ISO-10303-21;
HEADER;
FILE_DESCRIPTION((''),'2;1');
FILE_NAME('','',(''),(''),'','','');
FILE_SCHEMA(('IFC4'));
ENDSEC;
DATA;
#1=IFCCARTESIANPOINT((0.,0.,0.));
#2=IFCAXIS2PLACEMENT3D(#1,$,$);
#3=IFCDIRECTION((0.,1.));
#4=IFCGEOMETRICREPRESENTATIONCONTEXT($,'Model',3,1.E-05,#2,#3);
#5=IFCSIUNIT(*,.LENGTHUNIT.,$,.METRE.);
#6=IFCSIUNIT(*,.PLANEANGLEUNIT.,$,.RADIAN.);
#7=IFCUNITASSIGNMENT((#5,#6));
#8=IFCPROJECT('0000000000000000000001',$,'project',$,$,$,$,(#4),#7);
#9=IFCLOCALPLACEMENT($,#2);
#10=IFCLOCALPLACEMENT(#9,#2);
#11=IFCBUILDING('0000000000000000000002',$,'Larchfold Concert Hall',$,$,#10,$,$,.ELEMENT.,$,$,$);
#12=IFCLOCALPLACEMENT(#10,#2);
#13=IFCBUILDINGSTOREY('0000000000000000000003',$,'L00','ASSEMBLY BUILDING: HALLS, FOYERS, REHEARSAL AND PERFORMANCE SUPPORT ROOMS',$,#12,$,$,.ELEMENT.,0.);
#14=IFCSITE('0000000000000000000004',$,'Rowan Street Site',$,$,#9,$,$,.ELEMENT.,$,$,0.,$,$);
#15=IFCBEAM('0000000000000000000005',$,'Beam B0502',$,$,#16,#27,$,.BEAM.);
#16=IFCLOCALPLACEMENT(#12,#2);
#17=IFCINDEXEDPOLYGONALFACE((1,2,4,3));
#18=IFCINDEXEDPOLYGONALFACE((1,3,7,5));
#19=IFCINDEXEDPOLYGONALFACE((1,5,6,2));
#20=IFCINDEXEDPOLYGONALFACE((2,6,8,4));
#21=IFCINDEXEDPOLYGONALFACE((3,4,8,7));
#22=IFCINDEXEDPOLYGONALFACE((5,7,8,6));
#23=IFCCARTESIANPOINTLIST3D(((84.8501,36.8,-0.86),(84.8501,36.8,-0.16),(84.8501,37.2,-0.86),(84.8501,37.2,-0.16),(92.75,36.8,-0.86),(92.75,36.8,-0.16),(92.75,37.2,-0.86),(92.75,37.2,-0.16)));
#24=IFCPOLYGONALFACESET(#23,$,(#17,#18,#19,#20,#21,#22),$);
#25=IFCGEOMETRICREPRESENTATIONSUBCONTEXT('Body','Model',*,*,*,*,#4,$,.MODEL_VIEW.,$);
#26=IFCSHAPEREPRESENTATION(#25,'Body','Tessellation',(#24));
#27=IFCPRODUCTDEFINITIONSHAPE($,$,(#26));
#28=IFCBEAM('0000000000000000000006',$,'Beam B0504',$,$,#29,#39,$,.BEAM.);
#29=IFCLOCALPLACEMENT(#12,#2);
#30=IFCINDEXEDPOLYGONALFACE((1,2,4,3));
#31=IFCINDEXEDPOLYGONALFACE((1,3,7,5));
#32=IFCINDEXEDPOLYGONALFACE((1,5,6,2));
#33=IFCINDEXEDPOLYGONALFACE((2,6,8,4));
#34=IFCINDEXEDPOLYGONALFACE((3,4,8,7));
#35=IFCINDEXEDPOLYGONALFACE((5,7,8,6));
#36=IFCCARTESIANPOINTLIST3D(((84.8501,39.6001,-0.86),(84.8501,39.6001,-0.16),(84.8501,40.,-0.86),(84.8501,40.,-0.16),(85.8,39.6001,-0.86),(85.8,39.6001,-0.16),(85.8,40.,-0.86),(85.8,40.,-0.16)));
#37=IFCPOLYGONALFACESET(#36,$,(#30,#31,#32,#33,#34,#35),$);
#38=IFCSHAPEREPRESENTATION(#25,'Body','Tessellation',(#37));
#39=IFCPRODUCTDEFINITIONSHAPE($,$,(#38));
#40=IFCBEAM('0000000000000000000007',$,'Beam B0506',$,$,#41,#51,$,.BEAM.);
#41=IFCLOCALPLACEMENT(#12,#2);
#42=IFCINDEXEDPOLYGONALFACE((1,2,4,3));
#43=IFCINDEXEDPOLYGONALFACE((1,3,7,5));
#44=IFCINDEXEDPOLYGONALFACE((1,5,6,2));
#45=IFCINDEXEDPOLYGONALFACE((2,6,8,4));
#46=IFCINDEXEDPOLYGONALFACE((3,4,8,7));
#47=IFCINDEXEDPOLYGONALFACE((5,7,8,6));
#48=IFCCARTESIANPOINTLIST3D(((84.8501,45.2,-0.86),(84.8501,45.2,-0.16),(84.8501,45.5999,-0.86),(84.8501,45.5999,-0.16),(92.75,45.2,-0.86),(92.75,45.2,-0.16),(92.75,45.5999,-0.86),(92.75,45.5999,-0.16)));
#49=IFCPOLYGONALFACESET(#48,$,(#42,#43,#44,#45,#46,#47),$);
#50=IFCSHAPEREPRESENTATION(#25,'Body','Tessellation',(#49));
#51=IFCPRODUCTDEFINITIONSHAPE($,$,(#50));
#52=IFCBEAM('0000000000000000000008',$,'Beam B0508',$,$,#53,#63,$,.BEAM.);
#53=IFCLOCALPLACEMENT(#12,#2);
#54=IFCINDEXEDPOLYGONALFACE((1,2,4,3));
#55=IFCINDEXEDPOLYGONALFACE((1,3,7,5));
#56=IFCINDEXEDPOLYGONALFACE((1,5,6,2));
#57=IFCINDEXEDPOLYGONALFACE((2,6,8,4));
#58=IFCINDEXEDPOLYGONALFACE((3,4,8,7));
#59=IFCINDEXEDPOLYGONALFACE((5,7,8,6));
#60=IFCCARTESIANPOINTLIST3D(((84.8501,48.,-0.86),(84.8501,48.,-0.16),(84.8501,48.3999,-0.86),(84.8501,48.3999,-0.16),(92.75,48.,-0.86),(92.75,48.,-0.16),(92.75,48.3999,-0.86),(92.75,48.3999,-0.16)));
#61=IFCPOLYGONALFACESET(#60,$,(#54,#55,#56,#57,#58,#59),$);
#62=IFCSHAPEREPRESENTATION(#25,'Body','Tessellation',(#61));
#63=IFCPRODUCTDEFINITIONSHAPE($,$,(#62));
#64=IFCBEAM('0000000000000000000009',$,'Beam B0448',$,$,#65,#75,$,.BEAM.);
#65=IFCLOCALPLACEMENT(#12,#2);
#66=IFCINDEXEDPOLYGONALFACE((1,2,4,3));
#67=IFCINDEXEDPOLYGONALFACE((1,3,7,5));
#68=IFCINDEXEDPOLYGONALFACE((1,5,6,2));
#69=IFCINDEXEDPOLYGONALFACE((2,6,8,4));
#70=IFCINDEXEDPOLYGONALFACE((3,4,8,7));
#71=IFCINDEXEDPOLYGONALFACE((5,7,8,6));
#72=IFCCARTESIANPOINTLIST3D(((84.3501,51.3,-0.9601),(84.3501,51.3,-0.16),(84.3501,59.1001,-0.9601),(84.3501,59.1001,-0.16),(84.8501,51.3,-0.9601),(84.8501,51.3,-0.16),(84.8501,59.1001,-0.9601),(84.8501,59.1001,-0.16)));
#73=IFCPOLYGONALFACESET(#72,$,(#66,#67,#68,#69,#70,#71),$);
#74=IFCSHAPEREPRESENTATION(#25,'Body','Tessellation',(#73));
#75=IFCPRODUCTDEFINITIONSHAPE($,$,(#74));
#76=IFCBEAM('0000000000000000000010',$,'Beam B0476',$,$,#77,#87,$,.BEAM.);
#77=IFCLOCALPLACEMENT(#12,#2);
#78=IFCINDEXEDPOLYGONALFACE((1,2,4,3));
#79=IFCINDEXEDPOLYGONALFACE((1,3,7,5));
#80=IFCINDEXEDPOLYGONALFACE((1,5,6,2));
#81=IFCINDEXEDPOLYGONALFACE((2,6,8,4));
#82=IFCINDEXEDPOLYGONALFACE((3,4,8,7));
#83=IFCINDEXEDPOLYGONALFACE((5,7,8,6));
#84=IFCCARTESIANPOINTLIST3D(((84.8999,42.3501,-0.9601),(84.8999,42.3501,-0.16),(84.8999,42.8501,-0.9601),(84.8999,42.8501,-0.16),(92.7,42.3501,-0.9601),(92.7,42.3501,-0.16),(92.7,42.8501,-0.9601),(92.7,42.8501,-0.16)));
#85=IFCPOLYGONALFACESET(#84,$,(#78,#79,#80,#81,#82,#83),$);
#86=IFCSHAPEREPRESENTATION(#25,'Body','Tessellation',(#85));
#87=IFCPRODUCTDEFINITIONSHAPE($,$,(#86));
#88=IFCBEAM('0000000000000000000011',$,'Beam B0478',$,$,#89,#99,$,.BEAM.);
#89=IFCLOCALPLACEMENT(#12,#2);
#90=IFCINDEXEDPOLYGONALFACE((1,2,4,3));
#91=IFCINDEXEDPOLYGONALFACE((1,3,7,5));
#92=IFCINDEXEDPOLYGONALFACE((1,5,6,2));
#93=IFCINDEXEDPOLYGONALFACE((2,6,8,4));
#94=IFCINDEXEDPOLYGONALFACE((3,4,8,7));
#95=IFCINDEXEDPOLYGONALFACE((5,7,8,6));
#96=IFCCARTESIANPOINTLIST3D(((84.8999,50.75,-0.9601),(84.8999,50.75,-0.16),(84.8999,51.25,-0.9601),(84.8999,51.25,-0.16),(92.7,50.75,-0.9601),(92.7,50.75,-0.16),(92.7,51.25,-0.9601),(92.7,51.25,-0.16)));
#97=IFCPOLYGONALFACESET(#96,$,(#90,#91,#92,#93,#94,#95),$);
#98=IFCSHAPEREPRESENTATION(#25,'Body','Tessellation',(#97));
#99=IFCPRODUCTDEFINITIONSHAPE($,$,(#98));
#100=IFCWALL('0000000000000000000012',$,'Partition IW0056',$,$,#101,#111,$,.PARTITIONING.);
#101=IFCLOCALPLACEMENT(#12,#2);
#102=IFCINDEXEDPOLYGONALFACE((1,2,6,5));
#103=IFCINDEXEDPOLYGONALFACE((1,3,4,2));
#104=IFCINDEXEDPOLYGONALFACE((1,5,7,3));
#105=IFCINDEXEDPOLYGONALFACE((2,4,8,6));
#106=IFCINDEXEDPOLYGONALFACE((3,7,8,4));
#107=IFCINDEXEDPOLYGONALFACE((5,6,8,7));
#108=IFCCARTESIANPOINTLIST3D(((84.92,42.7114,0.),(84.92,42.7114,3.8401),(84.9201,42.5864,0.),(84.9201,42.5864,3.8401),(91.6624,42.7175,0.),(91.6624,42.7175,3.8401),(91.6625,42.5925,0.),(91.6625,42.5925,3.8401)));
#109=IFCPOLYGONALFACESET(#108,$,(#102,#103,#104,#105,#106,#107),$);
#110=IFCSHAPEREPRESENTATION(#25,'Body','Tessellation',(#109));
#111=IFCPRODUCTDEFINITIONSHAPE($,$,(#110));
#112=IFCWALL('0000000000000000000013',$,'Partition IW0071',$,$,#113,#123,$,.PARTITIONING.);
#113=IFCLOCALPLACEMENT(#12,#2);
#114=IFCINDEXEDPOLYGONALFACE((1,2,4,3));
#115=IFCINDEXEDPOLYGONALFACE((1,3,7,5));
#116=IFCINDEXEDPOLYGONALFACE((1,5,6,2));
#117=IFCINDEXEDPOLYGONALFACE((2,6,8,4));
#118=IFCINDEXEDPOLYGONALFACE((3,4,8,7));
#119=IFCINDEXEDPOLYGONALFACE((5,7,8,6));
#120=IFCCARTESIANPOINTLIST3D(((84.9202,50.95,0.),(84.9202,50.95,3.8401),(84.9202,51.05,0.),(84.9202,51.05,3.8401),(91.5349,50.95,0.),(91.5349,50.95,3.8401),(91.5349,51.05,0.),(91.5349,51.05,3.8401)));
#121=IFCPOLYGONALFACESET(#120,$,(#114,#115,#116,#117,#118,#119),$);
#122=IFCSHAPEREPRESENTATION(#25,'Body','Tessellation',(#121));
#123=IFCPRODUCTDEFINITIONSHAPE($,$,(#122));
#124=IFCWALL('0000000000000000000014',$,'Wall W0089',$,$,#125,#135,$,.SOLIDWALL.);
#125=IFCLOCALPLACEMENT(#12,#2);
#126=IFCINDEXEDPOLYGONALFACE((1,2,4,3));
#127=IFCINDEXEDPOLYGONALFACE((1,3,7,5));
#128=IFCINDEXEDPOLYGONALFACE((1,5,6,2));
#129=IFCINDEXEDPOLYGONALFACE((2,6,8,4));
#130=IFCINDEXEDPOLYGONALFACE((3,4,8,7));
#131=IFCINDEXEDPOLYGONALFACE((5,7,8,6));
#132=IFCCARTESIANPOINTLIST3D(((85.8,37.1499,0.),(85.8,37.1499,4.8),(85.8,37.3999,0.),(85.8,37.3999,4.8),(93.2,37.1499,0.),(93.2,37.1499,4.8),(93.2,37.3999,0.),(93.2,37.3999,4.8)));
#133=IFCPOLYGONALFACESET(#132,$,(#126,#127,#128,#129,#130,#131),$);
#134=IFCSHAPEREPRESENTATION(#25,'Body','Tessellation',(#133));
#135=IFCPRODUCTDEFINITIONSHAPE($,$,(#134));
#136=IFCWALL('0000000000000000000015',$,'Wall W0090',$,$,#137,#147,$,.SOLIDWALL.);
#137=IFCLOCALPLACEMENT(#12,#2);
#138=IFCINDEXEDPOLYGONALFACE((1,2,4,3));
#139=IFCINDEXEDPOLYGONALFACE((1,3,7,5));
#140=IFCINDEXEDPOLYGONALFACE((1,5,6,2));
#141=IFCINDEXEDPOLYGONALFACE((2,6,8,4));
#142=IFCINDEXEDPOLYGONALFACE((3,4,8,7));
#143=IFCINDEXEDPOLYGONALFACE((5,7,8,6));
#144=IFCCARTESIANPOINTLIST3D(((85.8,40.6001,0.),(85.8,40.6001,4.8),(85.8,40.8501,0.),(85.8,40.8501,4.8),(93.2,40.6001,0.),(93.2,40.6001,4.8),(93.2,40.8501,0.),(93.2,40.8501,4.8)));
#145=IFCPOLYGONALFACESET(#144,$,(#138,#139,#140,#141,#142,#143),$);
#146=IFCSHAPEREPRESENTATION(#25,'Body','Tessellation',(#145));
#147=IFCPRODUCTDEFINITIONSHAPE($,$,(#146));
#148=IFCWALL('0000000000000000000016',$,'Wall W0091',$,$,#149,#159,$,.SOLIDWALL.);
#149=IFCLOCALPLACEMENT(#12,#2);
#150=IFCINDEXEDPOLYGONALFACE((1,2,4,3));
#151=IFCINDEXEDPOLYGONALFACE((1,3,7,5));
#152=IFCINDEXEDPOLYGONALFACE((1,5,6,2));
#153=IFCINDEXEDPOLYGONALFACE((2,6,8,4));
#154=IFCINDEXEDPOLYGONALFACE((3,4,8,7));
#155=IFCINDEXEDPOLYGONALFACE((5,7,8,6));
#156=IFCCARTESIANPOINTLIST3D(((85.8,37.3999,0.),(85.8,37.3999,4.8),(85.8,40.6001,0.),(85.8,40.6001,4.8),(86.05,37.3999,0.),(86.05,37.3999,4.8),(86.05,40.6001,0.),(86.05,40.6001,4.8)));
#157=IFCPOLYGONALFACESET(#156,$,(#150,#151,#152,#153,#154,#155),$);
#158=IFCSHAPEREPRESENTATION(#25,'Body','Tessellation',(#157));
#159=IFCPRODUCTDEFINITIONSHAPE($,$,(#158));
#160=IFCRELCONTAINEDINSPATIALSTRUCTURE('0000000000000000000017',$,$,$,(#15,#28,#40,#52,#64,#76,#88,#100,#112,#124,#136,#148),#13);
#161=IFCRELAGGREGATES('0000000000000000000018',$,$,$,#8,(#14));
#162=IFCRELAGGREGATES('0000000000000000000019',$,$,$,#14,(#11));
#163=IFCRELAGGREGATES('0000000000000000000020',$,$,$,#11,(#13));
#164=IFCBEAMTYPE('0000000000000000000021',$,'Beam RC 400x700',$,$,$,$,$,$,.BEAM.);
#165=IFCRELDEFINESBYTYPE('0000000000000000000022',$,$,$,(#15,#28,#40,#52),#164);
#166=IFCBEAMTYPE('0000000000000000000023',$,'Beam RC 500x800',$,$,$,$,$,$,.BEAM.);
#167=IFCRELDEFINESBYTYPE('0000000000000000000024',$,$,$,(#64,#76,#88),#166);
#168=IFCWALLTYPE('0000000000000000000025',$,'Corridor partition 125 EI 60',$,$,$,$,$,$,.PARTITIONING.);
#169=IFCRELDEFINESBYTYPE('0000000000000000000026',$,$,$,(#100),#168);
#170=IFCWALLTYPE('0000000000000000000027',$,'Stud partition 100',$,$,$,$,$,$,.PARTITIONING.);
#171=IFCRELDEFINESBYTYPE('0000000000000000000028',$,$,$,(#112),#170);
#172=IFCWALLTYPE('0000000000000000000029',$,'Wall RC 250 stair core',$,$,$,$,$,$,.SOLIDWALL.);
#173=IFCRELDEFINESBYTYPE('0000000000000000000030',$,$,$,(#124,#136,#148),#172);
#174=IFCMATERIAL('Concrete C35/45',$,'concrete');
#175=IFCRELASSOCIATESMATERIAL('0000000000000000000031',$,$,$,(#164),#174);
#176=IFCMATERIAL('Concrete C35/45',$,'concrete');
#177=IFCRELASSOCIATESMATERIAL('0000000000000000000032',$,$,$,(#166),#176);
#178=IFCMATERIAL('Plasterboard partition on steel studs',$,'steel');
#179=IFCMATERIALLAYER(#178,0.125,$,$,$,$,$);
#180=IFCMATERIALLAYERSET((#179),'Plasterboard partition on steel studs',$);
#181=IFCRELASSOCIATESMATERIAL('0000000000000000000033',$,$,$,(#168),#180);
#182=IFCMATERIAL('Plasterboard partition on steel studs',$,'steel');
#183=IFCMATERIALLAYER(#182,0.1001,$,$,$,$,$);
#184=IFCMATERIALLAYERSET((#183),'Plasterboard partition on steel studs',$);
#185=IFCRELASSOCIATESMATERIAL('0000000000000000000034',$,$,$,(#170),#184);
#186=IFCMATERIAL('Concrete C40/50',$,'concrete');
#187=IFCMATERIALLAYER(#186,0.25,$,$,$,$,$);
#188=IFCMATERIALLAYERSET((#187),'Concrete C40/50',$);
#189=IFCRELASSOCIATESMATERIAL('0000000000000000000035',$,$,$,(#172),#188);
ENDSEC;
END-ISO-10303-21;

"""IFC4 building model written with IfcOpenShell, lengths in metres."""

from ifc_helpers import new_model, si_unit, direction, frame, frame_2d, origin, origin_2d, place, context, subcontext, project, spatial, rectangle, extrude, material, layer, layer_set, material_profile, profile_set, type_object, element, save


model = new_model("IFC4")

# Units and contexts
model_context = context("Model", 3, precision=1e-05, world=origin(), true_north=direction((0.0, 1.0)))
body_context = subcontext(model_context, "Body", "Model", "MODEL_VIEW")
ifc_project = project(units=[si_unit("LENGTHUNIT", "METRE"), si_unit("PLANEANGLEUNIT", "RADIAN")], contexts=[model_context])

# Site, building, storey
site_placement = place(None, origin())
site = spatial("IfcSite", under=ifc_project, at=site_placement, Name="Rowan Street Site", CompositionType="ELEMENT", RefElevation=0.0)
building_placement = place(site_placement, origin())
building = spatial("IfcBuilding", under=site, at=building_placement, Name="Larchfold Concert Hall", CompositionType="ELEMENT")
storey_placement = place(building_placement, origin())
storey = spatial("IfcBuildingStorey", under=building, at=storey_placement, Name="L00", Description="ASSEMBLY BUILDING: HALLS, FOYERS, REHEARSAL AND PERFORMANCE SUPPORT ROOMS", CompositionType="ELEMENT", Elevation=0.0)

# Beams
ifc_material_1 = material(Name="Concrete C35/45", Category="concrete")
ifc_material_profile_1 = material_profile(ifc_material_1, rectangle(XDim=0.3999, YDim=0.7, at=origin_2d()))
ifc_profile_set_1 = profile_set([ifc_material_profile_1], Name="Concrete C35/45")
beam_type_1 = type_object("IfcBeamType", Name="Beam RC 400x700", PredefinedType="BEAM", material=ifc_profile_set_1)
beam_1_placement = place(storey_placement, frame((84.8501, 37.0, -0.51), z_axis=(1.0, 0.0, 0.0), x_axis=(0.0, 1.0, 0.0)))
element("IfcBeam", 1, at=beam_1_placement, inside=storey, type_object=beam_type_1, Name="Beam B0502", PredefinedType="BEAM", context=body_context, shape_type="SweptSolid", body=[
    extrude(rectangle(XDim=0.3999, YDim=0.7, at=origin_2d()), origin(), (0.0, 0.0, 1.0), 7.8999),
])
beam_2_placement = place(storey_placement, frame((84.8501, 39.8, -0.51), z_axis=(1.0, 0.0, 0.0), x_axis=(0.0, 1.0, 0.0)))
element("IfcBeam", 2, at=beam_2_placement, inside=storey, type_object=beam_type_1, Name="Beam B0504", PredefinedType="BEAM", context=body_context, shape_type="SweptSolid", body=[
    extrude(rectangle(XDim=0.3999, YDim=0.7, at=origin_2d()), origin(), (0.0, 0.0, 1.0), 0.95),
])
for number, where, z_axis, x_axis, name in (
    (3, (84.8501, 45.3999, -0.51), (1.0, 0.0, 0.0), (0.0, 1.0, 0.0), "Beam B0506"),
    (4, (84.8501, 48.2, -0.51), (1.0, 0.0, 0.0), (0.0, 1.0, 0.0), "Beam B0508"),
):
    element("IfcBeam", number, at=place(storey_placement, frame(where, z_axis=z_axis, x_axis=x_axis)), inside=storey, type_object=beam_type_1, Name=name, PredefinedType="BEAM", context=body_context, shape_type="SweptSolid", body=[
        extrude(rectangle(XDim=0.3999, YDim=0.7, at=origin_2d()), origin(), (0.0, 0.0, 1.0), 7.8999),
    ])
ifc_material_2 = material(Name="Concrete C35/45", Category="concrete")
ifc_material_profile_2 = material_profile(ifc_material_2, rectangle(XDim=0.5, YDim=0.8, at=origin_2d()))
ifc_profile_set_2 = profile_set([ifc_material_profile_2], Name="Concrete C35/45")
beam_type_2 = type_object("IfcBeamType", Name="Beam RC 500x800", PredefinedType="BEAM", material=ifc_profile_set_2)
for number, where, z_axis, x_axis, name in (
    (5, (84.6001, 51.3, -0.5601), (0.0, 1.0, 0.0), (-1.0, 0.0, 0.0), "Beam B0448"),
    (6, (84.8999, 42.6001, -0.5601), (1.0, 0.0, 0.0), (0.0, 1.0, 0.0), "Beam B0476"),
    (7, (84.8999, 51.0, -0.5601), (1.0, 0.0, 0.0), (0.0, 1.0, 0.0), "Beam B0478"),
):
    element("IfcBeam", number, at=place(storey_placement, frame(where, z_axis=z_axis, x_axis=x_axis)), inside=storey, type_object=beam_type_2, Name=name, PredefinedType="BEAM", context=body_context, shape_type="SweptSolid", body=[
        extrude(rectangle(XDim=0.5, YDim=0.8, at=origin_2d()), origin(), (0.0, 0.0, 1.0), 7.8),
    ])

# Walls
ifc_material_3 = material(Name="Plasterboard partition on steel studs", Category="steel")
ifc_layer_1 = layer(ifc_material_3, 0.125)
ifc_layer_set_1 = layer_set([ifc_layer_1], Name="Plasterboard partition on steel studs")
wall_type_1 = type_object("IfcWallType", Name="Corridor partition 125 EI 60", PredefinedType="PARTITIONING", material=ifc_layer_set_1)
wall_1_placement = place(storey_placement, frame((84.9202, 42.6489, 0.0), z_axis=(0.0, 0.0, 1.0), x_axis=(1.0, 0.000905, 0.0)))
element("IfcWall", 8, at=wall_1_placement, inside=storey, type_object=wall_type_1, Name="Partition IW0056", PredefinedType="PARTITIONING", context=body_context, shape_type="SweptSolid", body=[
    extrude(rectangle(XDim=6.7424, YDim=0.125, at=frame_2d((3.3711, 0.0))), origin(), (0.0, 0.0, 1.0), 3.8401),
])
ifc_material_4 = material(Name="Plasterboard partition on steel studs", Category="steel")
ifc_layer_2 = layer(ifc_material_4, 0.1001)
ifc_layer_set_2 = layer_set([ifc_layer_2], Name="Plasterboard partition on steel studs")
wall_type_2 = type_object("IfcWallType", Name="Stud partition 100", PredefinedType="PARTITIONING", material=ifc_layer_set_2)
wall_2_placement = place(storey_placement, frame((84.9202, 51.0, 0.0), z_axis=(0.0, 0.0, 1.0), x_axis=(1.0, 0.0, 0.0)))
element("IfcWall", 9, at=wall_2_placement, inside=storey, type_object=wall_type_2, Name="Partition IW0071", PredefinedType="PARTITIONING", context=body_context, shape_type="SweptSolid", body=[
    extrude(rectangle(XDim=6.6147, YDim=0.1001, at=frame_2d((3.3074, 0.0))), origin(), (0.0, 0.0, 1.0), 3.8401),
])
ifc_material_5 = material(Name="Concrete C40/50", Category="concrete")
ifc_layer_3 = layer(ifc_material_5, 0.25)
ifc_layer_set_3 = layer_set([ifc_layer_3], Name="Concrete C40/50")
wall_type_3 = type_object("IfcWallType", Name="Wall RC 250 stair core", PredefinedType="SOLIDWALL", material=ifc_layer_set_3)
for number, where, z_axis, x_axis, name in (
    (10, (85.8, 37.2749, 0.0), (0.0, 0.0, 1.0), (1.0, 0.0, 0.0), "Wall W0089"),
    (11, (85.8, 40.7251, 0.0), (0.0, 0.0, 1.0), (1.0, 0.0, 0.0), "Wall W0090"),
):
    element("IfcWall", number, at=place(storey_placement, frame(where, z_axis=z_axis, x_axis=x_axis)), inside=storey, type_object=wall_type_3, Name=name, PredefinedType="SOLIDWALL", context=body_context, shape_type="SweptSolid", body=[
        extrude(rectangle(XDim=7.3999, YDim=0.25, at=frame_2d((3.7, 0.0))), origin(), (0.0, 0.0, 1.0), 4.8),
    ])
wall_3_placement = place(storey_placement, frame((85.925, 37.3999, 0.0), z_axis=(0.0, 0.0, 1.0), x_axis=(0.0, 1.0, 0.0)))
element("IfcWall", 12, at=wall_3_placement, inside=storey, type_object=wall_type_3, Name="Wall W0091", PredefinedType="SOLIDWALL", context=body_context, shape_type="SweptSolid", body=[
    extrude(rectangle(XDim=3.2002, YDim=0.25, at=frame_2d((1.6001, 0.0))), origin(), (0.0, 0.0, 1.0), 4.8),
])

save(model, "model.ifc")
